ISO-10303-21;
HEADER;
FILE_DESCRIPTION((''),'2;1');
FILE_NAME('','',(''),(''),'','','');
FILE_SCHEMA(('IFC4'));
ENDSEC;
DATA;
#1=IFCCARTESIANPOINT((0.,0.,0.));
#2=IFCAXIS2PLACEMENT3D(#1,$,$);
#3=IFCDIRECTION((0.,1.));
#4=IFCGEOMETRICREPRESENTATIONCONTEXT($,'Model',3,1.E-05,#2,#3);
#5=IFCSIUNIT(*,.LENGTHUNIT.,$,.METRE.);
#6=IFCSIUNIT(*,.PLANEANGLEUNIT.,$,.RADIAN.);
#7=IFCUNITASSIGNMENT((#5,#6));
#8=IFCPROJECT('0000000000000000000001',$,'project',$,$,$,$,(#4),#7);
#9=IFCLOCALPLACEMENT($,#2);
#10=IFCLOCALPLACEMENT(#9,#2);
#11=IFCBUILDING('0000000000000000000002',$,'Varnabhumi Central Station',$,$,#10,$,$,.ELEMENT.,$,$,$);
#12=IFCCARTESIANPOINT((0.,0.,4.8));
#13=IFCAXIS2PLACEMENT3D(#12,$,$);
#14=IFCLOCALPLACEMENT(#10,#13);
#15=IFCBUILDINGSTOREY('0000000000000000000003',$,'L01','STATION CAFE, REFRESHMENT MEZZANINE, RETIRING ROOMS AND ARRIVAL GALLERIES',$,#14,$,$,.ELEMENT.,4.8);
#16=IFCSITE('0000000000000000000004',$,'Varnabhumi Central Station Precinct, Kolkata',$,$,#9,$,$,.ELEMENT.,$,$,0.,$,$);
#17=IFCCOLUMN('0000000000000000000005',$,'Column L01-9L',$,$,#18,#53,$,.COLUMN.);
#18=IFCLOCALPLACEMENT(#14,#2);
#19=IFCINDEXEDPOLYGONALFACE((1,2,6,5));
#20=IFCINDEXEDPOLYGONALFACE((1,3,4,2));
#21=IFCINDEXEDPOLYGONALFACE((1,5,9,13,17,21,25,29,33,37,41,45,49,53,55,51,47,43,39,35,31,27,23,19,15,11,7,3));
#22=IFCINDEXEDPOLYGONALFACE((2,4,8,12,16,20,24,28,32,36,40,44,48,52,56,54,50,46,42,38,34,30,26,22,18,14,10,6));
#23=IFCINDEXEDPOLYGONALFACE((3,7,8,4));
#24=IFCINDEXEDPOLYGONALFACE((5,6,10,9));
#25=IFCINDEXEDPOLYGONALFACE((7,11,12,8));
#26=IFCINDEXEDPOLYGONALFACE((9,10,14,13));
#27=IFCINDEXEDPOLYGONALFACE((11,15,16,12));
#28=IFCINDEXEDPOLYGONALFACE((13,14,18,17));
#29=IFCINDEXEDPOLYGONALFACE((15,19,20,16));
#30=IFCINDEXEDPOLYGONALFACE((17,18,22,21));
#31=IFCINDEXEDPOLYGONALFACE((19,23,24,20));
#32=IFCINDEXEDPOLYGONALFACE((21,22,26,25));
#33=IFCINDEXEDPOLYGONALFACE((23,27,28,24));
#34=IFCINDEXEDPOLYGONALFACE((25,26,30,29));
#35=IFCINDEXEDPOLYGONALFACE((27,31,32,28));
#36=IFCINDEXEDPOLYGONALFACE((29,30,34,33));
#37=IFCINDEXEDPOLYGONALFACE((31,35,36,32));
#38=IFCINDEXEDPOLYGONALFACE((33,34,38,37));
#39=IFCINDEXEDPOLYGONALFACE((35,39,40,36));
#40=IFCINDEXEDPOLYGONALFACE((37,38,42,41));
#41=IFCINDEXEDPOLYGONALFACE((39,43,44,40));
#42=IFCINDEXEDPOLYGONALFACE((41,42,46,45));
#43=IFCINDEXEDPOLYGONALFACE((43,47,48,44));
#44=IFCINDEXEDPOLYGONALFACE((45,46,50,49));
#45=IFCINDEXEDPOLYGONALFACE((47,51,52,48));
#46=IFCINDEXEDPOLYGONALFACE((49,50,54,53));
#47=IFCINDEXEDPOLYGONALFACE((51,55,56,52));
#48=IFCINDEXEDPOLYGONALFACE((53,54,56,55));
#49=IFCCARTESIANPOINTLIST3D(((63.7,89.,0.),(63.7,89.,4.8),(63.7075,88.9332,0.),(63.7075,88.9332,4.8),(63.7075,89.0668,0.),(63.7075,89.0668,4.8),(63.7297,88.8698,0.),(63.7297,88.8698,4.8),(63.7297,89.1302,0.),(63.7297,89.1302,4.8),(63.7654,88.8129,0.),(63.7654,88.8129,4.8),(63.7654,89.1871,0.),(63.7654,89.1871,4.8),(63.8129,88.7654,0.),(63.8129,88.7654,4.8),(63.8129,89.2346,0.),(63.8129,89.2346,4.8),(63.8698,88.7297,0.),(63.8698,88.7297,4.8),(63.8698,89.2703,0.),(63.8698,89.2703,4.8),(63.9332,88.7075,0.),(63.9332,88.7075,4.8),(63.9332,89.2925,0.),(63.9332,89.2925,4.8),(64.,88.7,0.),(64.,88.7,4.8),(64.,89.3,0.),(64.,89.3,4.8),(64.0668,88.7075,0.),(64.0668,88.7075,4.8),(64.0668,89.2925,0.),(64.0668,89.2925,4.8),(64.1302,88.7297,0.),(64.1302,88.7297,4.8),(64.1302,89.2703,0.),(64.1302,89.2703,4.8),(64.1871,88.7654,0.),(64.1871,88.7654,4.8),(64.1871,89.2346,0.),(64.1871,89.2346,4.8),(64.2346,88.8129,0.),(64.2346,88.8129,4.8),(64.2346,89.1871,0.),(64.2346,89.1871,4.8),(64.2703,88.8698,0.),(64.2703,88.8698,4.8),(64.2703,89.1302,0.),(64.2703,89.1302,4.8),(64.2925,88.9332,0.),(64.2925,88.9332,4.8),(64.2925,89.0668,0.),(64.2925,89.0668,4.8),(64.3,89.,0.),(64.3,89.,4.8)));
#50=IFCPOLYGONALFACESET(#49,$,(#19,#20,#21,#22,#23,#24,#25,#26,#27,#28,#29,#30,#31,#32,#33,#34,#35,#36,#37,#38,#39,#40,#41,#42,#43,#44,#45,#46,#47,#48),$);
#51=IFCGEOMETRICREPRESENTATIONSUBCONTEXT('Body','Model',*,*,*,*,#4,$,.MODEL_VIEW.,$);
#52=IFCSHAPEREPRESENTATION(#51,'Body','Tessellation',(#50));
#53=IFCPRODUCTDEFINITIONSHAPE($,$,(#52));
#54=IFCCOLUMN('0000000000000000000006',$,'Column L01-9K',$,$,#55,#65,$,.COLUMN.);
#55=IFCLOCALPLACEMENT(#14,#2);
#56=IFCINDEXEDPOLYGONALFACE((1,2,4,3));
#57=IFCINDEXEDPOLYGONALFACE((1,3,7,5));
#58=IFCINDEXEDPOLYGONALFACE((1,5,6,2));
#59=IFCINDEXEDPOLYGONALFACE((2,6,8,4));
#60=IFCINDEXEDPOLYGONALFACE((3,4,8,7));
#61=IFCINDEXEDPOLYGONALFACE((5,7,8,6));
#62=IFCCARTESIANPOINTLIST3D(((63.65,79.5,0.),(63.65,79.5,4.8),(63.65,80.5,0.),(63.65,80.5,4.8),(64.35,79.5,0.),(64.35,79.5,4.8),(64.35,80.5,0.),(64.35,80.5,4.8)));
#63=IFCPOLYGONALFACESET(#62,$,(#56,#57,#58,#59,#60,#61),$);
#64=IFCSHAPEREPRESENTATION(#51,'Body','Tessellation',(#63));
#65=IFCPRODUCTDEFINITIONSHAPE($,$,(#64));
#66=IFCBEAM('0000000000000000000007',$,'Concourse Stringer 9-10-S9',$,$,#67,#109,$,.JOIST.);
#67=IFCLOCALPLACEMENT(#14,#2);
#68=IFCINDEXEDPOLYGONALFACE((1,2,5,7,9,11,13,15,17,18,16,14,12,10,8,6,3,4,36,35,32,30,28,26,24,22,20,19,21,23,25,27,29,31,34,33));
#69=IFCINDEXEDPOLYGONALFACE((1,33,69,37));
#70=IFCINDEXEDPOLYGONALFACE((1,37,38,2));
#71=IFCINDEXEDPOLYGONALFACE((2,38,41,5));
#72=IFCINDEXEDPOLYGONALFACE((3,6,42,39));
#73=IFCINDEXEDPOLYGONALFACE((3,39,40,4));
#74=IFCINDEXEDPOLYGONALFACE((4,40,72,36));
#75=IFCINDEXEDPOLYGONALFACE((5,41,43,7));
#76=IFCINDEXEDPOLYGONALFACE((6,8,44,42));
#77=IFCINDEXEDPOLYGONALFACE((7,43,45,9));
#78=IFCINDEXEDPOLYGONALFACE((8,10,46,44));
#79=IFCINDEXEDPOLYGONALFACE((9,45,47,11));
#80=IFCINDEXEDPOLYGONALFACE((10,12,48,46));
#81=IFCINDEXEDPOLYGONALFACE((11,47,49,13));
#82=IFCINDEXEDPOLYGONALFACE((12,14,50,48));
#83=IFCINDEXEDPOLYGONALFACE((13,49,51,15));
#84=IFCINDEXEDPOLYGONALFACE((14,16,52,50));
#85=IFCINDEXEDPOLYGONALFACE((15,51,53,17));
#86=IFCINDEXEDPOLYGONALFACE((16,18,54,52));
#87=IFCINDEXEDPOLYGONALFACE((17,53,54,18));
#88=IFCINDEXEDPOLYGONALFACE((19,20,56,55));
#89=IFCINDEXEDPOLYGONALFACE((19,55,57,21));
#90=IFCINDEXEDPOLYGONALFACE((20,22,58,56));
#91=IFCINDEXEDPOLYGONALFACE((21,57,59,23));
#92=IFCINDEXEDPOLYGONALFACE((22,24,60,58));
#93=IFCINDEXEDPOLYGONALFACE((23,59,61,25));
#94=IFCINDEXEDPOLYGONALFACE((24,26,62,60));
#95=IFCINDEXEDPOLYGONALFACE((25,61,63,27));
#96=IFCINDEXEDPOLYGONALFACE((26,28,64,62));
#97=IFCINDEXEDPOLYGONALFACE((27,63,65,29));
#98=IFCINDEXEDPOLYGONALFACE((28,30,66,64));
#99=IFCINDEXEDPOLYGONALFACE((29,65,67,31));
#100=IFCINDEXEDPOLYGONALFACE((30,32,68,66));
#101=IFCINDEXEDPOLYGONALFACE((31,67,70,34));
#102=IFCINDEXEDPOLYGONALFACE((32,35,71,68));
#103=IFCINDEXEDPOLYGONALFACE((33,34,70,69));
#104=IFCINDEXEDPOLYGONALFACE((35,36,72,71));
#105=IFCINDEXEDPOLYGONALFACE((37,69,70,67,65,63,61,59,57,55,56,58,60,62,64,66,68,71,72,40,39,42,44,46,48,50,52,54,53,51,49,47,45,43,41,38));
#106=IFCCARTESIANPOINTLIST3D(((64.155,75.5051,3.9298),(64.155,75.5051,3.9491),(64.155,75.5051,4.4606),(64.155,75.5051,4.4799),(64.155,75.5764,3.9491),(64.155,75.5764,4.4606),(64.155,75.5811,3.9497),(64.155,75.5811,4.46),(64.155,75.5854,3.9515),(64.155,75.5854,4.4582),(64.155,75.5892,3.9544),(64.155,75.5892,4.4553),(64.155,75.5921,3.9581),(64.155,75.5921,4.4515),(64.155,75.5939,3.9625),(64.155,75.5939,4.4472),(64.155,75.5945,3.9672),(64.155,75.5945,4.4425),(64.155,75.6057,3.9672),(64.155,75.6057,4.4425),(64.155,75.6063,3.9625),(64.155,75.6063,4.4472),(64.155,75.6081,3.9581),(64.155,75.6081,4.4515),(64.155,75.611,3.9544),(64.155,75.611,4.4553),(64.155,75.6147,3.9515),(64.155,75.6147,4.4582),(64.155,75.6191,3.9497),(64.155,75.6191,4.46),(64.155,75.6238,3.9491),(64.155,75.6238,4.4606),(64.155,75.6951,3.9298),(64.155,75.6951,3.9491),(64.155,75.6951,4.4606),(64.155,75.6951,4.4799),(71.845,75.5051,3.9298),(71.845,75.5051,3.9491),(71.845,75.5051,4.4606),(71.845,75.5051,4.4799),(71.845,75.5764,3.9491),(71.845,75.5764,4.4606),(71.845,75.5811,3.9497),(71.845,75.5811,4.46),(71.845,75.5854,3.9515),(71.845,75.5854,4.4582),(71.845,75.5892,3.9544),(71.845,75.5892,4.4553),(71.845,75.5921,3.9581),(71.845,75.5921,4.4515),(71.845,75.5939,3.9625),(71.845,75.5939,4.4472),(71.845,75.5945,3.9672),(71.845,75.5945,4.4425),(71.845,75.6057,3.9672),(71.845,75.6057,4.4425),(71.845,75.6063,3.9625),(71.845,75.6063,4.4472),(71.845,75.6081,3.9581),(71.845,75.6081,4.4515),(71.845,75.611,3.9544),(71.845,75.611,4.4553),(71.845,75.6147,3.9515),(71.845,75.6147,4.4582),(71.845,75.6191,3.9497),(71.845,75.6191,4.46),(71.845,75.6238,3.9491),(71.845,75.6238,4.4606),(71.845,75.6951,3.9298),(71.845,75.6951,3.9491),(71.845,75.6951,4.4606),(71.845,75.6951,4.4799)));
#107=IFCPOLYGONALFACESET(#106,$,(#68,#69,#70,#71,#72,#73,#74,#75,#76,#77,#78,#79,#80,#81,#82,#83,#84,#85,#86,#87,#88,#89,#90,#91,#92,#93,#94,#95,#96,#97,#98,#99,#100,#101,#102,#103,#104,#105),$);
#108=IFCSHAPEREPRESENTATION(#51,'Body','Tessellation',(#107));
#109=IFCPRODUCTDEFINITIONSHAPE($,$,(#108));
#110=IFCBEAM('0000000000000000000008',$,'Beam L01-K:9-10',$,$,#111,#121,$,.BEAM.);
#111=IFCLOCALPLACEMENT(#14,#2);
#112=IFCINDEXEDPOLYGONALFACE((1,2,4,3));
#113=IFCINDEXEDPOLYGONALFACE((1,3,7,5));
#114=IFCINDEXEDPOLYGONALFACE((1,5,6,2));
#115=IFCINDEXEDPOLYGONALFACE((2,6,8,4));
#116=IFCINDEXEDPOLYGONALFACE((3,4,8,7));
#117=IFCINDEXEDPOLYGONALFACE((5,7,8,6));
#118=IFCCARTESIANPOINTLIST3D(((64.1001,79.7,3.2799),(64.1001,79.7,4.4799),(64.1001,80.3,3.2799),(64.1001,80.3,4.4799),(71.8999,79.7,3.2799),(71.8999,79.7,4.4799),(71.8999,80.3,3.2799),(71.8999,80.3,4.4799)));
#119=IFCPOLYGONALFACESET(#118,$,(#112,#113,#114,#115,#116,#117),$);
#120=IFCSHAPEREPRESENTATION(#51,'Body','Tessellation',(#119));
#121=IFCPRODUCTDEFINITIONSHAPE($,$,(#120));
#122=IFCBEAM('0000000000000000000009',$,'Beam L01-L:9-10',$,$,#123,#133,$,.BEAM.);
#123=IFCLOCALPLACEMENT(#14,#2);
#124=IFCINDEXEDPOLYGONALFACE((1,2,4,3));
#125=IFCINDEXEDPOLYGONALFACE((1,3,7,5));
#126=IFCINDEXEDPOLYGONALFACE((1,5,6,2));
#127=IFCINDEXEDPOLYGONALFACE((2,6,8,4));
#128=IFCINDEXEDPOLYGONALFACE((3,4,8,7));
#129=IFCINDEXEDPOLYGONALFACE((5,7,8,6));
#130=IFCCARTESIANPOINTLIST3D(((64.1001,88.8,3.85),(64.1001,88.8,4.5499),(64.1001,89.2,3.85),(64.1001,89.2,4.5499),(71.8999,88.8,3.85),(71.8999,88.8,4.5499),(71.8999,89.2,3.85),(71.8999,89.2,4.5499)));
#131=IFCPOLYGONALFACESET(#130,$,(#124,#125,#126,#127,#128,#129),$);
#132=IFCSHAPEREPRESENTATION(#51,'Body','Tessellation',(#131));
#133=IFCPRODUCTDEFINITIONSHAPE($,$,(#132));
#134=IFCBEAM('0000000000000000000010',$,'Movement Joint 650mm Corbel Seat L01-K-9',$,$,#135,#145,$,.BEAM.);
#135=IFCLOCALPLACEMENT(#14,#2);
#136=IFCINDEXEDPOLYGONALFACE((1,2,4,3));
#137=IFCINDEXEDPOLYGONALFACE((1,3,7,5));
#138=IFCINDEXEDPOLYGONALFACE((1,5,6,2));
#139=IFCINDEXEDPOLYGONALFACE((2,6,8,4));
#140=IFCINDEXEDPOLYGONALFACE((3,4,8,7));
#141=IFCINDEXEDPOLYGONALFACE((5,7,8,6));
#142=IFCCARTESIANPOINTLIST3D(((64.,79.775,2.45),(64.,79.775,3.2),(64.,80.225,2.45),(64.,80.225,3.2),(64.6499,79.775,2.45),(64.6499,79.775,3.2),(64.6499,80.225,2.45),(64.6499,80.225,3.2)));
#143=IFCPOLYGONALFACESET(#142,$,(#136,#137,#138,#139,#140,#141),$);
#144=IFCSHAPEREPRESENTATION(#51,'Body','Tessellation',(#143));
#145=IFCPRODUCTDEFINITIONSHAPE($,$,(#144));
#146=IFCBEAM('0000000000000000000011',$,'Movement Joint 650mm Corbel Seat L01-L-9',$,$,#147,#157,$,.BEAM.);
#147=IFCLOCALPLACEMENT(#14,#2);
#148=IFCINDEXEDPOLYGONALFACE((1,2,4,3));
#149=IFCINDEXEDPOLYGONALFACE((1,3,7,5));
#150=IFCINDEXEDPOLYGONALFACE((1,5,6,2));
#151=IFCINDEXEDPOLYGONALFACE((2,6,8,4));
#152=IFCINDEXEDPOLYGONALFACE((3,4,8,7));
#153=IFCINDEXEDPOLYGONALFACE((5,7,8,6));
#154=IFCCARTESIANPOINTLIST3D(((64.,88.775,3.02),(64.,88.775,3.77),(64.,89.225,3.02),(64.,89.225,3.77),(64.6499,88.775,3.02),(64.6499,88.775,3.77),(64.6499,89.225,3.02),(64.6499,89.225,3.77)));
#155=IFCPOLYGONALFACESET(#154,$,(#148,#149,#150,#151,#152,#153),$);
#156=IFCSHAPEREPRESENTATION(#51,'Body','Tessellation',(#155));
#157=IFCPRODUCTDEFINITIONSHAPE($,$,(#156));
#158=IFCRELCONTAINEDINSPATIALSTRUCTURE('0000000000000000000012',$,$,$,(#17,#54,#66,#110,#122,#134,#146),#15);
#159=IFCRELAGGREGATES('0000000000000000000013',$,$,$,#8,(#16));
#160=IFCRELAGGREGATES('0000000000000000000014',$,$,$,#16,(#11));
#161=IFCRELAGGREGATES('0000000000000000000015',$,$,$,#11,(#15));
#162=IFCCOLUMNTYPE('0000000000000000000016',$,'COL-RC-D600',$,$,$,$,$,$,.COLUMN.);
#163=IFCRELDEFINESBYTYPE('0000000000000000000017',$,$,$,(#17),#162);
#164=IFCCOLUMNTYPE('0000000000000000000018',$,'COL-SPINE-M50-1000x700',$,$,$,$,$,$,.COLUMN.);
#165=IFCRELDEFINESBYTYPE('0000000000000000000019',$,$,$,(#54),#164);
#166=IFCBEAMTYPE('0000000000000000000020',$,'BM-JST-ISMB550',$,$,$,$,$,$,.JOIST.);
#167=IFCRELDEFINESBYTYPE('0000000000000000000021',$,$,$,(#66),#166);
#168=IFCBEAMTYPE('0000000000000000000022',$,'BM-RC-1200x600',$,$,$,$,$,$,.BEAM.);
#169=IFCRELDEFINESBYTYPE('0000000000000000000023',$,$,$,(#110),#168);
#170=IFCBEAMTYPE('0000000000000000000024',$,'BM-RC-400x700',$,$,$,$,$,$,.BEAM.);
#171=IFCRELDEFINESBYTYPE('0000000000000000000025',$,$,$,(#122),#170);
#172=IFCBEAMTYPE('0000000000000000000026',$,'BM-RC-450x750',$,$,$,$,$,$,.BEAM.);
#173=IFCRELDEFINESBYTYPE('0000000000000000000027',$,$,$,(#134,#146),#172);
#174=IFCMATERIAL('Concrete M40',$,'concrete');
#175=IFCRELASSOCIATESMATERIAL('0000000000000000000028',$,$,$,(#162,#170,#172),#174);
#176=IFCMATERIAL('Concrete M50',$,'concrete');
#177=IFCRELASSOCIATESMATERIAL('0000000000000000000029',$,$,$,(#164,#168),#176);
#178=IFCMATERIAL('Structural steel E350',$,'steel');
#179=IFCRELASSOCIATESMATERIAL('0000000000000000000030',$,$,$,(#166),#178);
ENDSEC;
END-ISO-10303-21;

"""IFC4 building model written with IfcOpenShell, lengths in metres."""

from ifc_helpers import new_model, si_unit, direction, frame, origin, origin_2d, place, context, subcontext, project, spatial, rectangle, circle, i_section, extrude, material, material_profile, profile_set, type_object, element, save


model = new_model("IFC4")

# Units and contexts
model_context = context("Model", 3, precision=1e-05, world=origin(), true_north=direction((0.0, 1.0)))
body_context = subcontext(model_context, "Body", "Model", "MODEL_VIEW")
ifc_project = project(units=[si_unit("LENGTHUNIT", "METRE"), si_unit("PLANEANGLEUNIT", "RADIAN")], contexts=[model_context])

# Site, building, storey
site_placement = place(None, origin())
site = spatial("IfcSite", under=ifc_project, at=site_placement, Name="Varnabhumi Central Station Precinct, Kolkata", CompositionType="ELEMENT", RefElevation=0.0)
building_placement = place(site_placement, origin())
building = spatial("IfcBuilding", under=site, at=building_placement, Name="Varnabhumi Central Station", CompositionType="ELEMENT")
storey_placement = place(building_placement, frame((0.0, 0.0, 4.8)))
storey = spatial("IfcBuildingStorey", under=building, at=storey_placement, Name="L01", Description="STATION CAFE, REFRESHMENT MEZZANINE, RETIRING ROOMS AND ARRIVAL GALLERIES", CompositionType="ELEMENT", Elevation=4.8)

# Columns
ifc_material_1 = material(Name="Concrete M40", Category="concrete")
ifc_material_profile_1 = material_profile(ifc_material_1, circle(Radius=0.3, at=origin_2d()), Name="Concrete M40", Category="concrete")
ifc_profile_set_1 = profile_set([ifc_material_profile_1], Name="Concrete M40")
column_type_1 = type_object("IfcColumnType", Name="COL-RC-D600", PredefinedType="COLUMN", material=ifc_profile_set_1)
column_1_placement = place(storey_placement, frame((64.0, 89.0, 0.0), z_axis=(0.0, 0.0, 1.0), x_axis=(1.0, 0.0, 0.0)))
element("IfcColumn", 1, at=column_1_placement, inside=storey, type_object=column_type_1, Name="Column L01-9L", PredefinedType="COLUMN", context=body_context, shape_type="SweptSolid", body=[
    extrude(circle(Radius=0.3, at=origin_2d()), origin(), (0.0, 0.0, 1.0), 4.8),
])
ifc_material_2 = material(Name="Concrete M50", Category="concrete")
ifc_material_profile_2 = material_profile(ifc_material_2, rectangle(XDim=0.7, YDim=1.0, at=origin_2d()), Name="Concrete M50", Category="concrete")
ifc_profile_set_2 = profile_set([ifc_material_profile_2], Name="Concrete M50")
column_type_2 = type_object("IfcColumnType", Name="COL-SPINE-M50-1000x700", PredefinedType="COLUMN", material=ifc_profile_set_2)
column_2_placement = place(storey_placement, frame((64.0, 80.0, 0.0), z_axis=(0.0, 0.0, 1.0), x_axis=(1.0, 0.0, 0.0)))
element("IfcColumn", 2, at=column_2_placement, inside=storey, type_object=column_type_2, Name="Column L01-9K", PredefinedType="COLUMN", context=body_context, shape_type="SweptSolid", body=[
    extrude(rectangle(XDim=0.7, YDim=1.0, at=origin_2d()), origin(), (0.0, 0.0, 1.0), 4.8),
])

# Beams
ifc_material_3 = material(Name="Structural steel E350", Category="steel")
ifc_material_profile_3 = material_profile(ifc_material_3, i_section(OverallWidth=0.1899, OverallDepth=0.55, WebThickness=0.0112, FlangeThickness=0.0193, FilletRadius=0.0181, at=origin_2d()), Name="Structural steel E350", Category="steel")
ifc_profile_set_3 = profile_set([ifc_material_profile_3], Name="Structural steel E350")
beam_type_1 = type_object("IfcBeamType", Name="BM-JST-ISMB550", PredefinedType="JOIST", material=ifc_profile_set_3)
beam_1_placement = place(storey_placement, frame((64.155, 75.6001, 4.2048), z_axis=(1.0, 0.0, 0.0), x_axis=(0.0, 1.0, 0.0)))
element("IfcBeam", 3, at=beam_1_placement, inside=storey, type_object=beam_type_1, Name="Concourse Stringer 9-10-S9", PredefinedType="JOIST", context=body_context, shape_type="SweptSolid", body=[
    extrude(i_section(OverallWidth=0.1899, OverallDepth=0.55, WebThickness=0.0112, FlangeThickness=0.0193, FilletRadius=0.0181, at=origin_2d()), origin(), (0.0, 0.0, 1.0), 7.6899),
])
ifc_material_profile_4 = material_profile(ifc_material_2, rectangle(XDim=0.6001, YDim=1.2, at=origin_2d()), Name="Concrete M50", Category="concrete")
ifc_profile_set_4 = profile_set([ifc_material_profile_4], Name="Concrete M50")
beam_type_2 = type_object("IfcBeamType", Name="BM-RC-1200x600", PredefinedType="BEAM", material=ifc_profile_set_4)
beam_2_placement = place(storey_placement, frame((64.1001, 80.0, 3.8799), z_axis=(1.0, 0.0, 0.0), x_axis=(0.0, 1.0, 0.0)))
element("IfcBeam", 4, at=beam_2_placement, inside=storey, type_object=beam_type_2, Name="Beam L01-K:9-10", PredefinedType="BEAM", context=body_context, shape_type="SweptSolid", body=[
    extrude(rectangle(XDim=0.6001, YDim=1.2, at=origin_2d()), origin(), (0.0, 0.0, 1.0), 7.7998),
])
ifc_material_profile_5 = material_profile(ifc_material_1, rectangle(XDim=0.3999, YDim=0.7, at=origin_2d()), Name="Concrete M40", Category="concrete")
ifc_profile_set_5 = profile_set([ifc_material_profile_5], Name="Concrete M40")
beam_type_3 = type_object("IfcBeamType", Name="BM-RC-400x700", PredefinedType="BEAM", material=ifc_profile_set_5)
beam_3_placement = place(storey_placement, frame((64.1001, 89.0, 4.2), z_axis=(1.0, 0.0, 0.0), x_axis=(0.0, 1.0, 0.0)))
element("IfcBeam", 5, at=beam_3_placement, inside=storey, type_object=beam_type_3, Name="Beam L01-L:9-10", PredefinedType="BEAM", context=body_context, shape_type="SweptSolid", body=[
    extrude(rectangle(XDim=0.3999, YDim=0.7, at=origin_2d()), origin(), (0.0, 0.0, 1.0), 7.7998),
])
ifc_material_profile_6 = material_profile(ifc_material_1, rectangle(XDim=0.45, YDim=0.75, at=origin_2d()), Name="Concrete M40", Category="concrete")
ifc_profile_set_6 = profile_set([ifc_material_profile_6], Name="Concrete M40")
beam_type_4 = type_object("IfcBeamType", Name="BM-RC-450x750", PredefinedType="BEAM", material=ifc_profile_set_6)
for number, where, z_axis, x_axis, name in (
    (6, (64.0, 80.0, 2.825), (1.0, 0.0, 0.0), (0.0, 1.0, 0.0), "Movement Joint 650mm Corbel Seat L01-K-9"),
    (7, (64.0, 89.0, 3.395), (1.0, 0.0, 0.0), (0.0, 1.0, 0.0), "Movement Joint 650mm Corbel Seat L01-L-9"),
):
    element("IfcBeam", number, at=place(storey_placement, frame(where, z_axis=z_axis, x_axis=x_axis)), inside=storey, type_object=beam_type_4, Name=name, PredefinedType="BEAM", context=body_context, shape_type="SweptSolid", body=[
        extrude(rectangle(XDim=0.45, YDim=0.75, at=origin_2d()), origin(), (0.0, 0.0, 1.0), 0.6499),
    ])

save(model, "model.ifc")
